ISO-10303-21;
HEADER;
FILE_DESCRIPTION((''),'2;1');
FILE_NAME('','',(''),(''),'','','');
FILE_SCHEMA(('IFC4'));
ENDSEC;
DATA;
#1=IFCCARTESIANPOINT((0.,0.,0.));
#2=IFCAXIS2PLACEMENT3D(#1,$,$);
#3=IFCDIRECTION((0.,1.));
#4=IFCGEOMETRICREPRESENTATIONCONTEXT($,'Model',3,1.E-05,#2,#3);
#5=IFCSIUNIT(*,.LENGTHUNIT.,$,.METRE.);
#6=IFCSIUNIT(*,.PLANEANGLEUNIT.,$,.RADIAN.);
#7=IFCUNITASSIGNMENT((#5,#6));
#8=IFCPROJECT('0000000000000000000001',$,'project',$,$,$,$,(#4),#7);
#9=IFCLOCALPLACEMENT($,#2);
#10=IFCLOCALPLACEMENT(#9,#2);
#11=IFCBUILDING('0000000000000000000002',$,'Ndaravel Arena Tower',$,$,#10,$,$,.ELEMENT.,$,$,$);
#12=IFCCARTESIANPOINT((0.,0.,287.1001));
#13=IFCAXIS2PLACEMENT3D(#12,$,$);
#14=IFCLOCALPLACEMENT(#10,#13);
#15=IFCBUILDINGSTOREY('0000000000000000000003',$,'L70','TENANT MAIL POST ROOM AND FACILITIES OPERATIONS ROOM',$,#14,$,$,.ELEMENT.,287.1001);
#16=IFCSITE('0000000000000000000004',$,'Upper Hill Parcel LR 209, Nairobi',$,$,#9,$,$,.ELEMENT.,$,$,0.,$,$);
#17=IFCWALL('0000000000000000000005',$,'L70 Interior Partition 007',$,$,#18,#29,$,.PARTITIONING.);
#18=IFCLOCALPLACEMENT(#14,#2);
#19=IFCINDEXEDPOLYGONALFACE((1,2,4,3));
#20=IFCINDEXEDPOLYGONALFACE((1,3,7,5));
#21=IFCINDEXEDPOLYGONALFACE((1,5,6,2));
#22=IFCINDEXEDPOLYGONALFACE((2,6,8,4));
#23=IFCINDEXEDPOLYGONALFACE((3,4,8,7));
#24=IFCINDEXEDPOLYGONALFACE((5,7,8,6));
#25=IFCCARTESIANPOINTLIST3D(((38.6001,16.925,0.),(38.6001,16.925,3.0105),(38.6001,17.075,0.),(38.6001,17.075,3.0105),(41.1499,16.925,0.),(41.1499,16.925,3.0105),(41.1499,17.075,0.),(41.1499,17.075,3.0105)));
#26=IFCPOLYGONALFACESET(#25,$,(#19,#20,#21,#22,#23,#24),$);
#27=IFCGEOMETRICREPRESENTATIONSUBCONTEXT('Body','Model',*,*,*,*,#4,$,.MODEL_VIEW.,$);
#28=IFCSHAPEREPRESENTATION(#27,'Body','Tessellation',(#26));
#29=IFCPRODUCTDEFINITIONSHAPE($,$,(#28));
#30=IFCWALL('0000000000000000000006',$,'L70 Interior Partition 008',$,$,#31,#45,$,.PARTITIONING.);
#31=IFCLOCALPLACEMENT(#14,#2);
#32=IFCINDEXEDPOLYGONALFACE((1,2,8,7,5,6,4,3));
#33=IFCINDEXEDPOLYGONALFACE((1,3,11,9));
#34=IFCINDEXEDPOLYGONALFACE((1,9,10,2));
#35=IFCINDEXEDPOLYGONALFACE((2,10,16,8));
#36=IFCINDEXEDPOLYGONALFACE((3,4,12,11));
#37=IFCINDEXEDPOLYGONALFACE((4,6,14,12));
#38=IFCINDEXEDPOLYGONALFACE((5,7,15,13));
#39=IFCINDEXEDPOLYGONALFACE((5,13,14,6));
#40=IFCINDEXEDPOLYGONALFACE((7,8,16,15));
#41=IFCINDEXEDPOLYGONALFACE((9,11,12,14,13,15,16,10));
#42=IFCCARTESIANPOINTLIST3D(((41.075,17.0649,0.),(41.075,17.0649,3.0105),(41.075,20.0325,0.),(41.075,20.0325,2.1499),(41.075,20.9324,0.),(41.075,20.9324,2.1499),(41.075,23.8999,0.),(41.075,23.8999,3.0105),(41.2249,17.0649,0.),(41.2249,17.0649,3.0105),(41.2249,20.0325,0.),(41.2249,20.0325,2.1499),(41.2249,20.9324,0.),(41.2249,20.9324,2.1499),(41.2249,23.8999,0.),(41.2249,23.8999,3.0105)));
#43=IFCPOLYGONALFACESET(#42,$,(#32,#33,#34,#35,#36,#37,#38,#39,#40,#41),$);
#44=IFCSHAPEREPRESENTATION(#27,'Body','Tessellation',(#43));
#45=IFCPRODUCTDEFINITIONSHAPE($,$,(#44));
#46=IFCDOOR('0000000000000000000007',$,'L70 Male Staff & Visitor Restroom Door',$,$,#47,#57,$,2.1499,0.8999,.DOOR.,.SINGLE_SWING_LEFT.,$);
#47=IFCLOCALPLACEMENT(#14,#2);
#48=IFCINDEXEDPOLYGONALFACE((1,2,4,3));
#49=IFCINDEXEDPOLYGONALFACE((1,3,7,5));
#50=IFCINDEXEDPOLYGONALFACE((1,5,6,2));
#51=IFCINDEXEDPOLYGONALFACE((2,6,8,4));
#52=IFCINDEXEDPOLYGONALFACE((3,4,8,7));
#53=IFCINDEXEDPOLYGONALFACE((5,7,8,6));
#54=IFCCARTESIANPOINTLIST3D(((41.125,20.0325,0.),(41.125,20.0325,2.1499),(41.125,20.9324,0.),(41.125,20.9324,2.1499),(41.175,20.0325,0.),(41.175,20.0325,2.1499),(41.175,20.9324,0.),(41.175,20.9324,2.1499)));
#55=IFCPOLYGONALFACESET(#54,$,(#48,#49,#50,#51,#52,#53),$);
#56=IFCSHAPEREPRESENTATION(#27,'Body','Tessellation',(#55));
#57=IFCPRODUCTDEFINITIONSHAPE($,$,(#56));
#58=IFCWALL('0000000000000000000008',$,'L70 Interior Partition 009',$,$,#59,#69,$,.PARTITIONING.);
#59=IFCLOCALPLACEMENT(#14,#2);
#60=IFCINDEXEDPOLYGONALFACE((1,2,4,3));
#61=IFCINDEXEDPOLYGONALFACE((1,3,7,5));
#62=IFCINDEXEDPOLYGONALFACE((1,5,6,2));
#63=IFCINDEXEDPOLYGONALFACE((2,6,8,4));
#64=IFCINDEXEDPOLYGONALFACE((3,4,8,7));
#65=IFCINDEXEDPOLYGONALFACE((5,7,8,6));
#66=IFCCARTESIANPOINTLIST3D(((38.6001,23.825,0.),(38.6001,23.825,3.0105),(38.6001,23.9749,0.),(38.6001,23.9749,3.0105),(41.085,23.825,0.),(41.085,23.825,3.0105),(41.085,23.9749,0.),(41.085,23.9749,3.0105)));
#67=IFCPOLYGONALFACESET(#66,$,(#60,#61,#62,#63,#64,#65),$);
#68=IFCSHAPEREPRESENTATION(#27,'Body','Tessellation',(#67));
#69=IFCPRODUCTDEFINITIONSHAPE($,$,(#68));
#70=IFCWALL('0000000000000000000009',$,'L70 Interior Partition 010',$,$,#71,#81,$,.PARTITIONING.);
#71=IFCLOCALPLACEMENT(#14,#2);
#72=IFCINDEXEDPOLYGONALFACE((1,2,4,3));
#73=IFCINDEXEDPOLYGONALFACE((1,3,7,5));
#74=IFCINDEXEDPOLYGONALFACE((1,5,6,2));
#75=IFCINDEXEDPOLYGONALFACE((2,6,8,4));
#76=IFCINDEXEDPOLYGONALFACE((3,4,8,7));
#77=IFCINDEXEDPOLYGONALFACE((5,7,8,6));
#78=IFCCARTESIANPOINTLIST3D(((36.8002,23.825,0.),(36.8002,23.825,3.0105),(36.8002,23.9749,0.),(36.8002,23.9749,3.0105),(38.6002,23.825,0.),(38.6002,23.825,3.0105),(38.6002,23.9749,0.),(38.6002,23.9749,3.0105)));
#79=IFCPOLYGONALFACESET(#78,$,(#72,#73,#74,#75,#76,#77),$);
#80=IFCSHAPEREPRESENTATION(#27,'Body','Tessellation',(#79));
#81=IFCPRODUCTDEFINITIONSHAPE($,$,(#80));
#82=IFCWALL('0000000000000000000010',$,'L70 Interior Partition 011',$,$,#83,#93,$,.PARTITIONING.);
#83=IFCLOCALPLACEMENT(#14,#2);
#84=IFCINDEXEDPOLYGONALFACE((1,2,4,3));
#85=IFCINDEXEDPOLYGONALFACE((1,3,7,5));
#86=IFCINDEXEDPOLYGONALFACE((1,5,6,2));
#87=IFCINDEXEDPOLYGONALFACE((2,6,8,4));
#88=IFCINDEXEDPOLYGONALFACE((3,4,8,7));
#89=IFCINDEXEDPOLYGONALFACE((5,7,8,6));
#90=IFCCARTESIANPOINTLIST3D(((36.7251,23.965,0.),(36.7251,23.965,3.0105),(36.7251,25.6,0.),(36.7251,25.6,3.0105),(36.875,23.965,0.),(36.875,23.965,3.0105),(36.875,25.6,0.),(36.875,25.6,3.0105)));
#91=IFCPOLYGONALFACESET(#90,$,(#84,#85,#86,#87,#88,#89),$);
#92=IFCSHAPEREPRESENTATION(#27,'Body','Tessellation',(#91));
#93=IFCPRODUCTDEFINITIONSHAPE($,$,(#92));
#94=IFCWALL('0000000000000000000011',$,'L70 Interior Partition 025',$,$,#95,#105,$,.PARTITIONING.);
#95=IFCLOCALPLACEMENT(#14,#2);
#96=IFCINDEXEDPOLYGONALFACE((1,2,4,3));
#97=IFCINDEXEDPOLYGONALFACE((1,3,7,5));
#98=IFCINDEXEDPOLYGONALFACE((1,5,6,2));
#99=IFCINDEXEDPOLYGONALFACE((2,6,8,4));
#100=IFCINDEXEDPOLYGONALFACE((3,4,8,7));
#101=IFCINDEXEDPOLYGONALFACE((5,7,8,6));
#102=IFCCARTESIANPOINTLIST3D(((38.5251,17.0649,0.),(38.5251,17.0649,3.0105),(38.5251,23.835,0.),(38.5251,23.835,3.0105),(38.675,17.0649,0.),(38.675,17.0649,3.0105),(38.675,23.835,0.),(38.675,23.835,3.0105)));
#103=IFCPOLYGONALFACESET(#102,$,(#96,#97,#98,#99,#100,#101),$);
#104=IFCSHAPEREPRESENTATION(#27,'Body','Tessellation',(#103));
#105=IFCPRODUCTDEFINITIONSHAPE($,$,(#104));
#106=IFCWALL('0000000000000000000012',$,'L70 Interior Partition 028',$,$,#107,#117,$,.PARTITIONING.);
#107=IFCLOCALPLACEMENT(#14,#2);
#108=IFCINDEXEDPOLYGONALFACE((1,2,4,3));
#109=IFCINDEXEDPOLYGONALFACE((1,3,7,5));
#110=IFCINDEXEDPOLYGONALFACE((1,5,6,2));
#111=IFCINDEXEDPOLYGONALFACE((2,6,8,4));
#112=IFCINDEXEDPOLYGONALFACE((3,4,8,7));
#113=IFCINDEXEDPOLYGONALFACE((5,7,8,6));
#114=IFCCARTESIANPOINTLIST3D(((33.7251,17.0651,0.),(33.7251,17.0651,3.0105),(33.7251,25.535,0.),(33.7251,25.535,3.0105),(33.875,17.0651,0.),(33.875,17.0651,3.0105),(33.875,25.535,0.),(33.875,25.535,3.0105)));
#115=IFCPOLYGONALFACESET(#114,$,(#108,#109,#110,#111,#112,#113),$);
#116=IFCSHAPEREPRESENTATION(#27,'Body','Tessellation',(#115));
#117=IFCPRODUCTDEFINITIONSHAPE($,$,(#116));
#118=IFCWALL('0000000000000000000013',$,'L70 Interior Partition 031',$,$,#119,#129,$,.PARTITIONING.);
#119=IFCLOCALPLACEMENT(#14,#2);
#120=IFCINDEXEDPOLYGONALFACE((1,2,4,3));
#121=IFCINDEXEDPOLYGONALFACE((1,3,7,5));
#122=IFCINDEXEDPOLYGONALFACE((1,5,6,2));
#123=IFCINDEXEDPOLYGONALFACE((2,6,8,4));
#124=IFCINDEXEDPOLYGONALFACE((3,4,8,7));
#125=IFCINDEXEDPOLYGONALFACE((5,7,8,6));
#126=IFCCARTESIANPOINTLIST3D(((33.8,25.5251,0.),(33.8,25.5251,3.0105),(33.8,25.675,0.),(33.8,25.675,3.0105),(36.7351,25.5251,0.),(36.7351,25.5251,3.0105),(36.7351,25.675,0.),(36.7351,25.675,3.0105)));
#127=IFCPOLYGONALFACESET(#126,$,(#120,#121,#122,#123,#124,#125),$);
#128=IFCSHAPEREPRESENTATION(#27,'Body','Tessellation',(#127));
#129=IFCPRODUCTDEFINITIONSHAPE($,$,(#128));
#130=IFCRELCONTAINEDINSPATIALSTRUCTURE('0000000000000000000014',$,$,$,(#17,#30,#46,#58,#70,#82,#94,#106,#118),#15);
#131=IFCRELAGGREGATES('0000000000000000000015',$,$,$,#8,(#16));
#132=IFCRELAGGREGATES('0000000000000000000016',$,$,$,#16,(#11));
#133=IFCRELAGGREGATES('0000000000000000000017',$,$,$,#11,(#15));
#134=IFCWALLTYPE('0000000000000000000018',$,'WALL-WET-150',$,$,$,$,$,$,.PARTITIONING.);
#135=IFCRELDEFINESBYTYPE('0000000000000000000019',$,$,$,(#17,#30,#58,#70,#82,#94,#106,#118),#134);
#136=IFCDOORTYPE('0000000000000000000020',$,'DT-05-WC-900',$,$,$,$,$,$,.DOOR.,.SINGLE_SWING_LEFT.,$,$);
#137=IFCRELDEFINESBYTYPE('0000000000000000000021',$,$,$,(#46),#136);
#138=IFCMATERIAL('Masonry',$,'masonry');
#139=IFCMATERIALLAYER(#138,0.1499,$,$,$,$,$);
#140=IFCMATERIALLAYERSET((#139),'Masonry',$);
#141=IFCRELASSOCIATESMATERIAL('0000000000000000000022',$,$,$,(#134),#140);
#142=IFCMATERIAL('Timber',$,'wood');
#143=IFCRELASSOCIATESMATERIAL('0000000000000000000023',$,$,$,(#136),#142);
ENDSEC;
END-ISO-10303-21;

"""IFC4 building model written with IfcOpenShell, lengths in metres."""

from ifc_helpers import new_model, si_unit, direction, frame, frame_2d, origin, place, context, subcontext, project, spatial, rectangle, extrude, material, layer, layer_set, type_object, element, fill, save


model = new_model("IFC4")

# Units and contexts
model_context = context("Model", 3, precision=1e-05, world=origin(), true_north=direction((0.0, 1.0)))
body_context = subcontext(model_context, "Body", "Model", "MODEL_VIEW")
ifc_project = project(units=[si_unit("LENGTHUNIT", "METRE"), si_unit("PLANEANGLEUNIT", "RADIAN")], contexts=[model_context])

# Site, building, storey
site_placement = place(None, origin())
site = spatial("IfcSite", under=ifc_project, at=site_placement, Name="Upper Hill Parcel LR 209, Nairobi", CompositionType="ELEMENT", RefElevation=0.0)
building_placement = place(site_placement, origin())
building = spatial("IfcBuilding", under=site, at=building_placement, Name="Ndaravel Arena Tower", CompositionType="ELEMENT")
storey_placement = place(building_placement, frame((0.0, 0.0, 287.1001)))
storey = spatial("IfcBuildingStorey", under=building, at=storey_placement, Name="L70", Description="TENANT MAIL POST ROOM AND FACILITIES OPERATIONS ROOM", CompositionType="ELEMENT", Elevation=287.1001)

# Wall
ifc_material_1 = material(Name="Masonry", Category="masonry")
ifc_layer_1 = layer(ifc_material_1, 0.1499)
ifc_layer_set_1 = layer_set([ifc_layer_1], Name="Masonry")
wall_type_1 = type_object("IfcWallType", Name="WALL-WET-150", PredefinedType="PARTITIONING", material=ifc_layer_set_1)
wall_1_placement = place(storey_placement, frame((38.6001, 17.0, 0.0), z_axis=(0.0, 0.0, 1.0), x_axis=(1.0, 0.0, 0.0)))
element("IfcWall", 1, at=wall_1_placement, inside=storey, type_object=wall_type_1, Name="L70 Interior Partition 007", PredefinedType="PARTITIONING", context=body_context, shape_type="SweptSolid", body=[
    extrude(rectangle(XDim=2.5498, YDim=0.1499, at=frame_2d((1.2749, 0.0))), origin(), (0.0, 0.0, 1.0), 3.0105),
])

# Wall, opening, door
wall_2_placement = place(storey_placement, frame((41.1499, 17.0649, 0.0), z_axis=(0.0, 0.0, 1.0), x_axis=(0.0, 1.0, 0.0)))
wall_2 = element("IfcWall", 2, at=wall_2_placement, inside=storey, type_object=wall_type_1, Name="L70 Interior Partition 008", PredefinedType="PARTITIONING", context=body_context, shape_type="SweptSolid", body=[
    extrude(rectangle(XDim=6.835, YDim=0.1499, at=frame_2d((3.4175, 0.0))), origin(), (0.0, 0.0, 1.0), 3.0105),
])
opening_1_placement = place(wall_2_placement, frame((2.9675, 0.0, 0.0)))
opening_1 = element("IfcOpeningElement", 3, at=opening_1_placement, cuts=wall_2, PredefinedType="OPENING", context=body_context, shape_type="SweptSolid", body=[
    extrude(rectangle(XDim=0.8999, YDim=2.1499, at=frame_2d((0.45, 1.075))), frame((0.0, 0.075, 0.0), z_axis=(0.0, -1.0, 0.0), x_axis=(1.0, 0.0, 0.0)), (0.0, 0.0, 1.0), 0.1499),
])
ifc_material_2 = material(Name="Timber", Category="wood")
door_type_1 = type_object("IfcDoorType", Name="DT-05-WC-900", OperationType="SINGLE_SWING_LEFT", PredefinedType="DOOR", material=ifc_material_2)
door_1_placement = place(opening_1_placement, origin())
door_1 = element("IfcDoor", 4, at=door_1_placement, inside=storey, type_object=door_type_1, Name="L70 Male Staff & Visitor Restroom Door", OperationType="SINGLE_SWING_LEFT", OverallHeight=2.1499, OverallWidth=0.8999, PredefinedType="DOOR", context=body_context, shape_type="SweptSolid", body=[
    extrude(rectangle(XDim=0.8999, YDim=2.1499, at=frame_2d((0.45, 1.075))), frame((0.0, 0.0249, 0.0), z_axis=(0.0, -1.0, 0.0), x_axis=(1.0, 0.0, 0.0)), (0.0, 0.0, 1.0), 0.05),
])
fill(opening_1, door_1)

# Walls
wall_3_placement = place(storey_placement, frame((41.085, 23.8999, 0.0), z_axis=(0.0, 0.0, 1.0), x_axis=(-1.0, 0.0, 0.0)))
element("IfcWall", 5, at=wall_3_placement, inside=storey, type_object=wall_type_1, Name="L70 Interior Partition 009", PredefinedType="PARTITIONING", context=body_context, shape_type="SweptSolid", body=[
    extrude(rectangle(XDim=2.4849, YDim=0.1499, at=frame_2d((1.2424, 0.0))), origin(), (0.0, 0.0, 1.0), 3.0105),
])
wall_4_placement = place(storey_placement, frame((38.6001, 23.8999, 0.0), z_axis=(0.0, 0.0, 1.0), x_axis=(-1.0, 0.0, 0.0)))
element("IfcWall", 6, at=wall_4_placement, inside=storey, type_object=wall_type_1, Name="L70 Interior Partition 010", PredefinedType="PARTITIONING", context=body_context, shape_type="SweptSolid", body=[
    extrude(rectangle(XDim=1.8, YDim=0.1499, at=frame_2d((0.8999, 0.0))), origin(), (0.0, 0.0, 1.0), 3.0105),
])
wall_5_placement = place(storey_placement, frame((36.8, 23.9651, 0.0), z_axis=(0.0, 0.0, 1.0), x_axis=(0.0, 1.0, 0.0)))
element("IfcWall", 7, at=wall_5_placement, inside=storey, type_object=wall_type_1, Name="L70 Interior Partition 011", PredefinedType="PARTITIONING", context=body_context, shape_type="SweptSolid", body=[
    extrude(rectangle(XDim=1.635, YDim=0.1499, at=frame_2d((0.8174, 0.0))), origin(), (0.0, 0.0, 1.0), 3.0105),
])
wall_6_placement = place(storey_placement, frame((38.6001, 17.0649, 0.0), z_axis=(0.0, 0.0, 1.0), x_axis=(0.0, 1.0, 0.0)))
element("IfcWall", 8, at=wall_6_placement, inside=storey, type_object=wall_type_1, Name="L70 Interior Partition 025", PredefinedType="PARTITIONING", context=body_context, shape_type="SweptSolid", body=[
    extrude(rectangle(XDim=6.77, YDim=0.1499, at=frame_2d((3.385, 0.0))), origin(), (0.0, 0.0, 1.0), 3.0105),
])
wall_7_placement = place(storey_placement, frame((33.8, 25.5349, 0.0), z_axis=(0.0, 0.0, 1.0), x_axis=(0.0, -1.0, 0.0)))
element("IfcWall", 9, at=wall_7_placement, inside=storey, type_object=wall_type_1, Name="L70 Interior Partition 028", PredefinedType="PARTITIONING", context=body_context, shape_type="SweptSolid", body=[
    extrude(rectangle(XDim=8.47, YDim=0.1499, at=frame_2d((4.2349, 0.0))), origin(), (0.0, 0.0, 1.0), 3.0105),
])
wall_8_placement = place(storey_placement, frame((33.8, 25.6001, 0.0), z_axis=(0.0, 0.0, 1.0), x_axis=(1.0, 0.0, 0.0)))
element("IfcWall", 10, at=wall_8_placement, inside=storey, type_object=wall_type_1, Name="L70 Interior Partition 031", PredefinedType="PARTITIONING", context=body_context, shape_type="SweptSolid", body=[
    extrude(rectangle(XDim=2.9351, YDim=0.1499, at=frame_2d((1.4675, 0.0))), origin(), (0.0, 0.0, 1.0), 3.0105),
])

save(model, "model.ifc")
